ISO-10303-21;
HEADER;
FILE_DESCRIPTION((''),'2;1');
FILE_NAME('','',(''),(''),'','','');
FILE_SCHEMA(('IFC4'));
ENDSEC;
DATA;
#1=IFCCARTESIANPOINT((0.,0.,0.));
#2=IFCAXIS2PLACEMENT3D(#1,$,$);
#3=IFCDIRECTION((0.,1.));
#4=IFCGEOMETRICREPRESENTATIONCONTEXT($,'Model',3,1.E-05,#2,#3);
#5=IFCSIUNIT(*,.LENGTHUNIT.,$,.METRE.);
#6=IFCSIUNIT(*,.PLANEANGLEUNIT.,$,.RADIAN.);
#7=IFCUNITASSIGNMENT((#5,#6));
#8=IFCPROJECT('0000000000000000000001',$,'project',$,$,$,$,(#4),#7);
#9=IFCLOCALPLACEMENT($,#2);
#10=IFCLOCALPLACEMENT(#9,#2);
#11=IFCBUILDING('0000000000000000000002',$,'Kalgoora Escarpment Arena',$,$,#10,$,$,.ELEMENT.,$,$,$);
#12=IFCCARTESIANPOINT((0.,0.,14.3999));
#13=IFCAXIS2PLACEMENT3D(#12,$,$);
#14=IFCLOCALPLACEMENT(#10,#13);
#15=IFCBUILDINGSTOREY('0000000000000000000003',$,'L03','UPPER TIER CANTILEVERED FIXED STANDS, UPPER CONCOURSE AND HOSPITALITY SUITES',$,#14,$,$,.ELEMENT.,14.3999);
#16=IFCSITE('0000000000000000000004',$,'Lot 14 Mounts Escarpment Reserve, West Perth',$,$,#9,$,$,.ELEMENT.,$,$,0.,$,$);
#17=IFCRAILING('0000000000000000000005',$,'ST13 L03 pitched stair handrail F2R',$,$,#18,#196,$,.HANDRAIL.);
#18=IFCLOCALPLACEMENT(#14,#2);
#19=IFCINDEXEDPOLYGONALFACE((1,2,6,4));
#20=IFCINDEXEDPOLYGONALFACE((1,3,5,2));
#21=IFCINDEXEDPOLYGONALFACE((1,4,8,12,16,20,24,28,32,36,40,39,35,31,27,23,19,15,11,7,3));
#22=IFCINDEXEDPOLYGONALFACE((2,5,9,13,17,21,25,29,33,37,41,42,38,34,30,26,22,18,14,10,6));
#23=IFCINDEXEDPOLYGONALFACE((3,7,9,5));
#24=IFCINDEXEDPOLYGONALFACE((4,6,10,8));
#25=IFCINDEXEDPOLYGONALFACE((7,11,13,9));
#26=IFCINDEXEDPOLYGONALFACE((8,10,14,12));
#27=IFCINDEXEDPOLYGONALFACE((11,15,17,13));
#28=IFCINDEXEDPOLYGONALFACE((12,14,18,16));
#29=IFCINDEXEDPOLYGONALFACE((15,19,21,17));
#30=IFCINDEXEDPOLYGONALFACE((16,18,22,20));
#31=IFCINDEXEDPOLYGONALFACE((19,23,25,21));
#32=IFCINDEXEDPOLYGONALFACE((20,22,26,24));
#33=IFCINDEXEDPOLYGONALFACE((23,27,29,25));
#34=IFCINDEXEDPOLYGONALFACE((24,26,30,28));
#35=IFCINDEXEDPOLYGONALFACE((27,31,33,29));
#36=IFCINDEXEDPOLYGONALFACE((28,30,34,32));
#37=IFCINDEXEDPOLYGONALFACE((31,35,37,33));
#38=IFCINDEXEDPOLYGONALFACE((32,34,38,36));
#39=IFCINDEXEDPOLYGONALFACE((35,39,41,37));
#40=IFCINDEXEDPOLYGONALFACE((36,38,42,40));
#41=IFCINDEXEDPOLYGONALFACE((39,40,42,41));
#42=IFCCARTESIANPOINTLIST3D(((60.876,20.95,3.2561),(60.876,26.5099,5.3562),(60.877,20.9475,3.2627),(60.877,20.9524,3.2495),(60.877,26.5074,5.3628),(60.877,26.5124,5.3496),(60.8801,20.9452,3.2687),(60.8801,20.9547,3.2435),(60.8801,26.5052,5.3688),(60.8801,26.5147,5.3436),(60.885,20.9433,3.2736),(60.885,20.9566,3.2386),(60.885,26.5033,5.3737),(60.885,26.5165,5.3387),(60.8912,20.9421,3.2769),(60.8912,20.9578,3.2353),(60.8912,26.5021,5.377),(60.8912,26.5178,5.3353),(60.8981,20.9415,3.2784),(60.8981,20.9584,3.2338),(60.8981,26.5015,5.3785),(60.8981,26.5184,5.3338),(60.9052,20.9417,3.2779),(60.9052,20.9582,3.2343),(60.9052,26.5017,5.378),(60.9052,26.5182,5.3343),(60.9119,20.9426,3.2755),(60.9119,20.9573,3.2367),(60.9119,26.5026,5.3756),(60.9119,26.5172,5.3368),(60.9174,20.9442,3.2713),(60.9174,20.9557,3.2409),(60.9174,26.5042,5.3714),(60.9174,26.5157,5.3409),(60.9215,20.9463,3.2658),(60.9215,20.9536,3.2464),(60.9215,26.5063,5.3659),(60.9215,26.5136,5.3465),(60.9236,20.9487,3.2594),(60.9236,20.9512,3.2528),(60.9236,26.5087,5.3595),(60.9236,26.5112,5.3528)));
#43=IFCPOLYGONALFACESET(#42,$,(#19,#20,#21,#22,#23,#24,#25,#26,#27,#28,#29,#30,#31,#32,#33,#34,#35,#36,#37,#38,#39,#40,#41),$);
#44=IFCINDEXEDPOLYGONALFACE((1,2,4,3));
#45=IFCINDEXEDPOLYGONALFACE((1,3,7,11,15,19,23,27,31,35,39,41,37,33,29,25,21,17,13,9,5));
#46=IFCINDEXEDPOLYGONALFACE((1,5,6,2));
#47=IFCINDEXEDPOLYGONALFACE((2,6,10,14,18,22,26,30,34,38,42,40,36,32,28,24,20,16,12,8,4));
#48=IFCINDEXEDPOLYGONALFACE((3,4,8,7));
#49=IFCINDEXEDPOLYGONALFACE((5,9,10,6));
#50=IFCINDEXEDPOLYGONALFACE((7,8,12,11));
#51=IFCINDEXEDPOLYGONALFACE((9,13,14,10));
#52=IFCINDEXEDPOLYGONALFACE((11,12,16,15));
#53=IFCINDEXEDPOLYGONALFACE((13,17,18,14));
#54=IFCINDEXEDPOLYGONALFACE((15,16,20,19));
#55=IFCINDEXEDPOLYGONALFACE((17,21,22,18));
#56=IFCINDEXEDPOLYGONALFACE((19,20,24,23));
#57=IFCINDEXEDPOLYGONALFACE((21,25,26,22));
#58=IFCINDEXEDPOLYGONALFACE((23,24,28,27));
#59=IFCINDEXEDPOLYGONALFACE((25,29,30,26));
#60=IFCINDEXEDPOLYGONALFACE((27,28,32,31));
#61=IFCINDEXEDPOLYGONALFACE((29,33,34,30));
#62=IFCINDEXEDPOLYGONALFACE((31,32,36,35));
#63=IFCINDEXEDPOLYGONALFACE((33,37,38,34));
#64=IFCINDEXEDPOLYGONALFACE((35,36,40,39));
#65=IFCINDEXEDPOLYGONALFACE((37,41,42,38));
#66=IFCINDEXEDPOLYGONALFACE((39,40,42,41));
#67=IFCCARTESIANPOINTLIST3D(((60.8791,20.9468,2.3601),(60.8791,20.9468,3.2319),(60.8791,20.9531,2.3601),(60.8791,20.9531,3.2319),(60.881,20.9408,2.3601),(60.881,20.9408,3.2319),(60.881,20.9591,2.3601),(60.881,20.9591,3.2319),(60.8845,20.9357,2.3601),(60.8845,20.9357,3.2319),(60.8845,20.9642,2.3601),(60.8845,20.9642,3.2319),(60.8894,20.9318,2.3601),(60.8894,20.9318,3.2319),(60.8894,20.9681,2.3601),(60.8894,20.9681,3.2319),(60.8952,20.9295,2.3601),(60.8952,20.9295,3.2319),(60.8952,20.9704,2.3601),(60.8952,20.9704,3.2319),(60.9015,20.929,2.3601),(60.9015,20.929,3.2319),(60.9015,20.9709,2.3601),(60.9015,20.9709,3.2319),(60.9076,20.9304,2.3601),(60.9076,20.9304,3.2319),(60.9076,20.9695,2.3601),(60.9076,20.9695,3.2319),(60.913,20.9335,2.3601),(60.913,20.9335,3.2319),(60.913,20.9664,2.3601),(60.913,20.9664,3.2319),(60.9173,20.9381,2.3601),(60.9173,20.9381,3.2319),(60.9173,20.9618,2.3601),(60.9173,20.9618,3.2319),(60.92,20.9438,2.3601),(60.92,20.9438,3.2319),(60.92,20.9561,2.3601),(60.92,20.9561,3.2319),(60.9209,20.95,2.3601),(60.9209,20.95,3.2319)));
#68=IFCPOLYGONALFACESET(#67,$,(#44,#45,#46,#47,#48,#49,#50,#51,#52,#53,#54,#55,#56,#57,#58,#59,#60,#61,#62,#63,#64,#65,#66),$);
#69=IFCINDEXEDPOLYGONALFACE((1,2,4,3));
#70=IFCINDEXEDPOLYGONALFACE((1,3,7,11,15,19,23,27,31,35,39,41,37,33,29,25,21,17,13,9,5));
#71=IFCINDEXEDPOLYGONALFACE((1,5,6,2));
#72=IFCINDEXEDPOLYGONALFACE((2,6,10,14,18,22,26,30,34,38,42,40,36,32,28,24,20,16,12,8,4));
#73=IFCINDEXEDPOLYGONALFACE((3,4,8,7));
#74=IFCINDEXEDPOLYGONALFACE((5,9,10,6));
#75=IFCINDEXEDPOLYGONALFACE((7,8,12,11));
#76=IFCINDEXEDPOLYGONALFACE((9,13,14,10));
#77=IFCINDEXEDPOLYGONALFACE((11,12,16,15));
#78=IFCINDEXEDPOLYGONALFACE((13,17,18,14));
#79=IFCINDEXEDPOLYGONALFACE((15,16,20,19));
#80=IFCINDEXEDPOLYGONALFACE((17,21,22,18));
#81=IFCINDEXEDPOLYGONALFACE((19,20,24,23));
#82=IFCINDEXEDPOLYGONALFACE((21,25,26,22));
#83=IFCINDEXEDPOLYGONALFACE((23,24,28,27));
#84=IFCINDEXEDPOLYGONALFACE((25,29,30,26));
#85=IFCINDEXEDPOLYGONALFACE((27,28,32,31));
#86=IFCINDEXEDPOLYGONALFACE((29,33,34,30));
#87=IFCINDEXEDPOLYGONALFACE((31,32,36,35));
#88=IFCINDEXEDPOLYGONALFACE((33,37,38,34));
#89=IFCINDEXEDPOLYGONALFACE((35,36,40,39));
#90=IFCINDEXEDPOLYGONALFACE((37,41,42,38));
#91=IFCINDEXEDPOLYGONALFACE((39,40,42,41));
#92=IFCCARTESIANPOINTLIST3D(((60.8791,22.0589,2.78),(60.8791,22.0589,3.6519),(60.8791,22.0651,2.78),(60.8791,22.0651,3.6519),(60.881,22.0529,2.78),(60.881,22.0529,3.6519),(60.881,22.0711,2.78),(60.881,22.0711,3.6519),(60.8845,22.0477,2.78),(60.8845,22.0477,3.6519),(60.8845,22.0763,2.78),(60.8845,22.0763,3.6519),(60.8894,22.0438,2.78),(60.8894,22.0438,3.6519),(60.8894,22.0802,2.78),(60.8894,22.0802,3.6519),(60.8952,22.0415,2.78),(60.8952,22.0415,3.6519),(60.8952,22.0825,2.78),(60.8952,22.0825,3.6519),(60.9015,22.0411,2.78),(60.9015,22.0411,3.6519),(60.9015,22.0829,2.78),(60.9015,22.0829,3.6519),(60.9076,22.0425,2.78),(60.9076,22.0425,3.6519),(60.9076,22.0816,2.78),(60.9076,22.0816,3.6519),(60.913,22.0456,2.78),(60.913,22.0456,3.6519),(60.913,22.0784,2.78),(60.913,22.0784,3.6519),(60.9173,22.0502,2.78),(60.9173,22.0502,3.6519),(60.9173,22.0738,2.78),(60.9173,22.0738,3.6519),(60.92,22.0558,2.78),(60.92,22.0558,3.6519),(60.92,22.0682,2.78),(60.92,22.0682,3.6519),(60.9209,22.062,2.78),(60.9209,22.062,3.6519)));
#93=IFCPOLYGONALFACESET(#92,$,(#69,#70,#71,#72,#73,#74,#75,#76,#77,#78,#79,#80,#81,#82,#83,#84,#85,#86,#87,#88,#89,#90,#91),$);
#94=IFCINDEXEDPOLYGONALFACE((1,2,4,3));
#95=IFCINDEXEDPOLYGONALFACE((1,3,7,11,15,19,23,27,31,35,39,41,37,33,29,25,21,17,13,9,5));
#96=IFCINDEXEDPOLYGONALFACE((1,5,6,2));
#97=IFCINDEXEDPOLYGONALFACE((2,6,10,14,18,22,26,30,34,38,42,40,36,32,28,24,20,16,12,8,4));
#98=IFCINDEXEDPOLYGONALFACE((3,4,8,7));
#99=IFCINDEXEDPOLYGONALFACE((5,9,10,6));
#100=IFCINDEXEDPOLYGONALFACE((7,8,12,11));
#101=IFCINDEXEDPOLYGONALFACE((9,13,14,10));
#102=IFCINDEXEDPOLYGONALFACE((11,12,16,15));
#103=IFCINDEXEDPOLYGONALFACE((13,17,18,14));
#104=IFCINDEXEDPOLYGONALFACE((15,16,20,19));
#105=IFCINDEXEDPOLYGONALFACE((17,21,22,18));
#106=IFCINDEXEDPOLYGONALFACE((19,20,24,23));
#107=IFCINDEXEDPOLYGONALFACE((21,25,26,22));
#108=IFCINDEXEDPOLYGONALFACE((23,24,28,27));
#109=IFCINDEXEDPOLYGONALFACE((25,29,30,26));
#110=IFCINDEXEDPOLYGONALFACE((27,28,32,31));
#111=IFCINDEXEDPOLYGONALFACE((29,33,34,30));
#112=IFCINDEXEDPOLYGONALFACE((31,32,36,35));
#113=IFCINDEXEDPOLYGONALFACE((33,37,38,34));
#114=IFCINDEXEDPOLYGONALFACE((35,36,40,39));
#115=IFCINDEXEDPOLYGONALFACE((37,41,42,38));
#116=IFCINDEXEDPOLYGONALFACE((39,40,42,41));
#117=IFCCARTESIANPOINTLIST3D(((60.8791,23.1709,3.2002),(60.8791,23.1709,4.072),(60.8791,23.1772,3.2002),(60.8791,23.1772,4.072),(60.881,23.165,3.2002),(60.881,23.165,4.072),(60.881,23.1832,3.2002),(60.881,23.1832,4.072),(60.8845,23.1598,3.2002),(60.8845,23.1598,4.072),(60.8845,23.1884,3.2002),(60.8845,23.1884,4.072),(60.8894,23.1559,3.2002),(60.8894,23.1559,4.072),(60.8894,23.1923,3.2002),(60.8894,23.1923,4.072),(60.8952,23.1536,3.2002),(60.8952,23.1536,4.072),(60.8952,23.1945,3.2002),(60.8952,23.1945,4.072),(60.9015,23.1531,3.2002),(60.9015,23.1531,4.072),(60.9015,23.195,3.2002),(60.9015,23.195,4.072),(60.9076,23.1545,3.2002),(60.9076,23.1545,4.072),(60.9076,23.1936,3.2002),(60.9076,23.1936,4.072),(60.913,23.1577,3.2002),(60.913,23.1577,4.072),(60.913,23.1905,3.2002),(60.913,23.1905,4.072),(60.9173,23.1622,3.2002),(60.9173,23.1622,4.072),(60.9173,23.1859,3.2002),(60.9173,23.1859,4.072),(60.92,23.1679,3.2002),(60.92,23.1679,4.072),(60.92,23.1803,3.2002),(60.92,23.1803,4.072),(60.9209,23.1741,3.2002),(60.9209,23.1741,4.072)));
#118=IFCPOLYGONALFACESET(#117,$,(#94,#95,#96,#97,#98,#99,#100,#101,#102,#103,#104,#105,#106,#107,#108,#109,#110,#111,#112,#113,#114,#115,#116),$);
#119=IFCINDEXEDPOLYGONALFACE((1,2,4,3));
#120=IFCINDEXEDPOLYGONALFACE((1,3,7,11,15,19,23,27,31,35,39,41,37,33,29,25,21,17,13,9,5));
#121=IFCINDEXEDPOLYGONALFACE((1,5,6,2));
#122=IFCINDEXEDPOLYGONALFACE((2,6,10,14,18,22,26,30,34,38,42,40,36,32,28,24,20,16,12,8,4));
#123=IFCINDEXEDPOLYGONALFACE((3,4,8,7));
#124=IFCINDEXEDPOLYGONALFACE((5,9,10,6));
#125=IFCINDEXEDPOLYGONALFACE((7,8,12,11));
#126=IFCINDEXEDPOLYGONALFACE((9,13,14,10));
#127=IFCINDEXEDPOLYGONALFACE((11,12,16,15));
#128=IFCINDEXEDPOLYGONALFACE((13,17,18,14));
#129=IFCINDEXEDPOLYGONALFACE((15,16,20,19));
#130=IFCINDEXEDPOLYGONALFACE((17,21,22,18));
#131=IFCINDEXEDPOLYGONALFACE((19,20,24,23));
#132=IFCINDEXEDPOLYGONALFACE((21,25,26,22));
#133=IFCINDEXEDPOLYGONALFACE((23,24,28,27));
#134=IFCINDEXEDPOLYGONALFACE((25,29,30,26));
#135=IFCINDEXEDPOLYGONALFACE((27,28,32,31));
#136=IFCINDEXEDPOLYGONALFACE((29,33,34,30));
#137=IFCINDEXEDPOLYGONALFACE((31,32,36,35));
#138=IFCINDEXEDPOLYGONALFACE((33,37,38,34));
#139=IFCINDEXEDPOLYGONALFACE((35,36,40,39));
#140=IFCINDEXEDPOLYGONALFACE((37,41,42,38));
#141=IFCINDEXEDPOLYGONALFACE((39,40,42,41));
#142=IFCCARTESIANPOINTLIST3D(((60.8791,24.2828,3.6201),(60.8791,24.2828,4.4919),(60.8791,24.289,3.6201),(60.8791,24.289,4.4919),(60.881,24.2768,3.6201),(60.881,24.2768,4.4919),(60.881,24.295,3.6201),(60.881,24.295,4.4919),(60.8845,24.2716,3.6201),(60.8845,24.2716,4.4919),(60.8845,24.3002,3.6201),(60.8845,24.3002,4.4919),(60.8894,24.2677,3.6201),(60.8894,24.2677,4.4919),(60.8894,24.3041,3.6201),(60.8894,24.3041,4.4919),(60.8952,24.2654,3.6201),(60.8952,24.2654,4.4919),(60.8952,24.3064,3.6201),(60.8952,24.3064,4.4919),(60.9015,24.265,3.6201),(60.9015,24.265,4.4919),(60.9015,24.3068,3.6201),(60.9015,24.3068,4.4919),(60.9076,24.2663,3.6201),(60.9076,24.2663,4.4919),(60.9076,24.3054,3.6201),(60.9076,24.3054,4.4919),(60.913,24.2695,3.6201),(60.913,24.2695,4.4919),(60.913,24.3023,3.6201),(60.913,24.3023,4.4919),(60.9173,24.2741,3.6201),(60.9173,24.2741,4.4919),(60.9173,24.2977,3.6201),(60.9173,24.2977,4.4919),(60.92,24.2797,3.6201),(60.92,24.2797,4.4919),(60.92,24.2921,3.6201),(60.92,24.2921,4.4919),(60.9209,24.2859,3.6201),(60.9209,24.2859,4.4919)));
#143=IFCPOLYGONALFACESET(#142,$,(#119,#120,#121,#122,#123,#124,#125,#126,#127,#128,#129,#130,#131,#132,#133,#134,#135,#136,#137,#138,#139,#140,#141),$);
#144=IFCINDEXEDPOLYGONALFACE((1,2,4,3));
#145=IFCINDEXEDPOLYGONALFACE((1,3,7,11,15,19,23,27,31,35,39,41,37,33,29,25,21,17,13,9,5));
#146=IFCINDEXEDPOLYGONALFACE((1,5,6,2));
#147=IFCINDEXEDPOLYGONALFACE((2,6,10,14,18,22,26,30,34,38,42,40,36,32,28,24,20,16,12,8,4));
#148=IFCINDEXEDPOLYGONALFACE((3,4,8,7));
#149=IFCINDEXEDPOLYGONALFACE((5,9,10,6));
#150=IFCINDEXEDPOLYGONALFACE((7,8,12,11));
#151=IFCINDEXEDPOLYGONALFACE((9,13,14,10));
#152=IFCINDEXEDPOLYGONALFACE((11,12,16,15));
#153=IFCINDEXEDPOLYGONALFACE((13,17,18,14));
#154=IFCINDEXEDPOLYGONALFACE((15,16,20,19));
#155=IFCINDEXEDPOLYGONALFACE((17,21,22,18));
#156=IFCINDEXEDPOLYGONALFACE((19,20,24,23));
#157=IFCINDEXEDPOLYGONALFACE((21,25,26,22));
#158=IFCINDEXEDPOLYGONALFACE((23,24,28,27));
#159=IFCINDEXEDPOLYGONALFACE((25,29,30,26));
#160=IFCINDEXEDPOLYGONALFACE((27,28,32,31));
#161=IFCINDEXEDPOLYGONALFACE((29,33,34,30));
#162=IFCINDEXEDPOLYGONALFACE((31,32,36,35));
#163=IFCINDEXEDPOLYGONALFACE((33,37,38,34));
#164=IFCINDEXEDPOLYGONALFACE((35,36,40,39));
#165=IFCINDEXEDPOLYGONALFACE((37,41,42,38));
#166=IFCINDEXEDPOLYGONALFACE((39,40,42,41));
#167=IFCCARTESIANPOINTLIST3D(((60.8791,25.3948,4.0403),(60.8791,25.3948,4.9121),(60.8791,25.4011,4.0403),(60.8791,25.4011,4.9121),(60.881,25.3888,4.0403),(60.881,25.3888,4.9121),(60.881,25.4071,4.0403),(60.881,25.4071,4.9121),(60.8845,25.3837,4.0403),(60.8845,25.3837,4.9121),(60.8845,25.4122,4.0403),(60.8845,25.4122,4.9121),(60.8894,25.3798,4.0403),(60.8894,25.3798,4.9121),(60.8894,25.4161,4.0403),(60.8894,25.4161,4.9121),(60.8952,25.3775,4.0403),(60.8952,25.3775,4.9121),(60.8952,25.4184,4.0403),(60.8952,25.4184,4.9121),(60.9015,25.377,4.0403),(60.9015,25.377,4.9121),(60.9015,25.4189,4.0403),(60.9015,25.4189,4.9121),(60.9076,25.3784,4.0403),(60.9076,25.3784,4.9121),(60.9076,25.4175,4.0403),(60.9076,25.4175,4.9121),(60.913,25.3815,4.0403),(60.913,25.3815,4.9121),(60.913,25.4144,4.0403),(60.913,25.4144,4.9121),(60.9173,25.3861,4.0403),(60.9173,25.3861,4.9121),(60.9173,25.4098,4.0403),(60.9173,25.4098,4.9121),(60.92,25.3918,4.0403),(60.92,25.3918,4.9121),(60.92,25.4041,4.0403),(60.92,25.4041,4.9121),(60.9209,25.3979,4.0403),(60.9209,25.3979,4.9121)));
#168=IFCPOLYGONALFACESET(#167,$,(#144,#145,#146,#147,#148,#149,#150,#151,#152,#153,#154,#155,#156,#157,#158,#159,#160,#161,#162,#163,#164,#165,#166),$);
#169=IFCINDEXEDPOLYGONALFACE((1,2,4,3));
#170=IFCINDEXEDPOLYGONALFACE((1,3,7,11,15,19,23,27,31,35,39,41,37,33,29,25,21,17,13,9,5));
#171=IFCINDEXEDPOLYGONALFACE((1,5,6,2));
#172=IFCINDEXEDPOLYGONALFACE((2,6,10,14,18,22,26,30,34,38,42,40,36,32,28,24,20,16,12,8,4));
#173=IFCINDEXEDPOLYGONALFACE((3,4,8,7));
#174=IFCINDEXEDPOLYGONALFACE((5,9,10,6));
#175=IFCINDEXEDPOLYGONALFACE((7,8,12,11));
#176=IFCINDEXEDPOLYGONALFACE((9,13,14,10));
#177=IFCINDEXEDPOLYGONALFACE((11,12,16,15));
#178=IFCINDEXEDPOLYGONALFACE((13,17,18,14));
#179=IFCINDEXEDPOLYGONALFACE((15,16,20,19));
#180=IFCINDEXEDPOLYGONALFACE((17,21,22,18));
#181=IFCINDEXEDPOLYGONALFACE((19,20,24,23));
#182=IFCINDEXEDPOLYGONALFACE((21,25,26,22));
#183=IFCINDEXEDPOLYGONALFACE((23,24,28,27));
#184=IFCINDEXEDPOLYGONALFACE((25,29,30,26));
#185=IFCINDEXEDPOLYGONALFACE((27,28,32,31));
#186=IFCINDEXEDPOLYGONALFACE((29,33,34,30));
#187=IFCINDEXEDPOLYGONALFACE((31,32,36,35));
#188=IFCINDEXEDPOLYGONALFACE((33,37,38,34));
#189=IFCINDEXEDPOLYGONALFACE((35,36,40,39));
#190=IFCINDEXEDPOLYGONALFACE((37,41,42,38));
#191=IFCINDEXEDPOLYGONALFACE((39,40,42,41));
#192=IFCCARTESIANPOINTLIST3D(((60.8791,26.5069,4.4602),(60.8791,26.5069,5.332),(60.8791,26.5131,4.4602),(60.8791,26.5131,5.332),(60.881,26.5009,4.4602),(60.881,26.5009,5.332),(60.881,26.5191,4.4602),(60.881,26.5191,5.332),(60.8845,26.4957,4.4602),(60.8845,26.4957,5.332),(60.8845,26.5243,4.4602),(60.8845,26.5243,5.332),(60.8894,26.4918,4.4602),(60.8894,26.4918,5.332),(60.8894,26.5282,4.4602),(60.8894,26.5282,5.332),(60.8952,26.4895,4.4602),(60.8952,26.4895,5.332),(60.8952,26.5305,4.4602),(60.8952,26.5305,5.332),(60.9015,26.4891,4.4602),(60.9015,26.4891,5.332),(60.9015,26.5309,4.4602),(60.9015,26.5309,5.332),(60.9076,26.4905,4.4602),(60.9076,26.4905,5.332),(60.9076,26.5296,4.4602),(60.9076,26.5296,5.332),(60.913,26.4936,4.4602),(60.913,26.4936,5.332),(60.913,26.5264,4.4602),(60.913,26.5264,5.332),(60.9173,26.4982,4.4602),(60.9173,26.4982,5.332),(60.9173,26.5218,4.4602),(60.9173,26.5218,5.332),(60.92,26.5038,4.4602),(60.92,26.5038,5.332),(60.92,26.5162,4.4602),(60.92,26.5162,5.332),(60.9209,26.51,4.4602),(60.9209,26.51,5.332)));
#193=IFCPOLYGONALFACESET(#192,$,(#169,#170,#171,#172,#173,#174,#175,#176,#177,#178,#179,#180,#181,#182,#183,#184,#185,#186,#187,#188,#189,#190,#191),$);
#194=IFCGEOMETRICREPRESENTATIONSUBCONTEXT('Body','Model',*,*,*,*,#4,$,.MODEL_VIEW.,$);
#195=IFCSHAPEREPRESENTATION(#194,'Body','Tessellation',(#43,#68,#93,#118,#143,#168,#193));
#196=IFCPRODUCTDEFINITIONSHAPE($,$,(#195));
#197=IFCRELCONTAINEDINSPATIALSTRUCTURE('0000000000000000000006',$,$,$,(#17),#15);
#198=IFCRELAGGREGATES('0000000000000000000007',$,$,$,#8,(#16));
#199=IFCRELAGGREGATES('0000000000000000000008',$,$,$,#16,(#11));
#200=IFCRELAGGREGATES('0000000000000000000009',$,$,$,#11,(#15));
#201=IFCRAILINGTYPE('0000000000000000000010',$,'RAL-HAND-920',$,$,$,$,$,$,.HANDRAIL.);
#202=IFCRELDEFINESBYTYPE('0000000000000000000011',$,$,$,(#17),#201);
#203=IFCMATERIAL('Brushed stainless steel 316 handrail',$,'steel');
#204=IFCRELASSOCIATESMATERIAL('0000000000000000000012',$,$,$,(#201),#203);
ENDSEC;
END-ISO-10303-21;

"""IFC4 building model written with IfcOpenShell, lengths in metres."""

from ifc_helpers import new_model, si_unit, direction, frame, origin, origin_2d, place, context, subcontext, project, spatial, circle, extrude, material, type_object, element, save


model = new_model("IFC4")

# Units and contexts
model_context = context("Model", 3, precision=1e-05, world=origin(), true_north=direction((0.0, 1.0)))
body_context = subcontext(model_context, "Body", "Model", "MODEL_VIEW")
ifc_project = project(units=[si_unit("LENGTHUNIT", "METRE"), si_unit("PLANEANGLEUNIT", "RADIAN")], contexts=[model_context])

# Site, building, storey
site_placement = place(None, origin())
site = spatial("IfcSite", under=ifc_project, at=site_placement, Name="Lot 14 Mounts Escarpment Reserve, West Perth", CompositionType="ELEMENT", RefElevation=0.0)
building_placement = place(site_placement, origin())
building = spatial("IfcBuilding", under=site, at=building_placement, Name="Kalgoora Escarpment Arena", CompositionType="ELEMENT")
storey_placement = place(building_placement, frame((0.0, 0.0, 14.3999)))
storey = spatial("IfcBuildingStorey", under=building, at=storey_placement, Name="L03", Description="UPPER TIER CANTILEVERED FIXED STANDS, UPPER CONCOURSE AND HOSPITALITY SUITES", CompositionType="ELEMENT", Elevation=14.3999)

# Railing
ifc_material_1 = material(Name="Brushed stainless steel 316 handrail", Category="steel")
railing_type_1 = type_object("IfcRailingType", Name="RAL-HAND-920", PredefinedType="HANDRAIL", material=ifc_material_1)
for number, where, name in (
    (1, (60.8999, 20.95, 2.3601), "ST13 L03 pitched stair handrail F2R"),
):
    element("IfcRailing", number, at=place(storey_placement, frame(where)), inside=storey, type_object=railing_type_1, Name=name, PredefinedType="HANDRAIL", context=body_context, shape_type="SweptSolid", body=[
        extrude(circle(Radius=0.0239, at=origin_2d()), frame((0.0, 0.0, 0.896), z_axis=(0.0, 0.935493, 0.353346), x_axis=(-1.0, 0.0, 0.0)), (0.0, 0.0, 1.0), 5.9434),
        extrude(circle(Radius=0.021, at=origin_2d()), origin(), (0.0, 0.0, 1.0), 0.8718),
        extrude(circle(Radius=0.021, at=origin_2d()), frame((0.0, 1.1121, 0.4199)), (0.0, 0.0, 1.0), 0.8718),
        extrude(circle(Radius=0.021, at=origin_2d()), frame((0.0, 2.2241, 0.8401)), (0.0, 0.0, 1.0), 0.8718),
        extrude(circle(Radius=0.021, at=origin_2d()), frame((0.0, 3.3359, 1.26)), (0.0, 0.0, 1.0), 0.8718),
        extrude(circle(Radius=0.021, at=origin_2d()), frame((0.0, 4.448, 1.6802)), (0.0, 0.0, 1.0), 0.8718),
        extrude(circle(Radius=0.021, at=origin_2d()), frame((0.0, 5.5601, 2.1001)), (0.0, 0.0, 1.0), 0.8718),
    ])

save(model, "model.ifc")
